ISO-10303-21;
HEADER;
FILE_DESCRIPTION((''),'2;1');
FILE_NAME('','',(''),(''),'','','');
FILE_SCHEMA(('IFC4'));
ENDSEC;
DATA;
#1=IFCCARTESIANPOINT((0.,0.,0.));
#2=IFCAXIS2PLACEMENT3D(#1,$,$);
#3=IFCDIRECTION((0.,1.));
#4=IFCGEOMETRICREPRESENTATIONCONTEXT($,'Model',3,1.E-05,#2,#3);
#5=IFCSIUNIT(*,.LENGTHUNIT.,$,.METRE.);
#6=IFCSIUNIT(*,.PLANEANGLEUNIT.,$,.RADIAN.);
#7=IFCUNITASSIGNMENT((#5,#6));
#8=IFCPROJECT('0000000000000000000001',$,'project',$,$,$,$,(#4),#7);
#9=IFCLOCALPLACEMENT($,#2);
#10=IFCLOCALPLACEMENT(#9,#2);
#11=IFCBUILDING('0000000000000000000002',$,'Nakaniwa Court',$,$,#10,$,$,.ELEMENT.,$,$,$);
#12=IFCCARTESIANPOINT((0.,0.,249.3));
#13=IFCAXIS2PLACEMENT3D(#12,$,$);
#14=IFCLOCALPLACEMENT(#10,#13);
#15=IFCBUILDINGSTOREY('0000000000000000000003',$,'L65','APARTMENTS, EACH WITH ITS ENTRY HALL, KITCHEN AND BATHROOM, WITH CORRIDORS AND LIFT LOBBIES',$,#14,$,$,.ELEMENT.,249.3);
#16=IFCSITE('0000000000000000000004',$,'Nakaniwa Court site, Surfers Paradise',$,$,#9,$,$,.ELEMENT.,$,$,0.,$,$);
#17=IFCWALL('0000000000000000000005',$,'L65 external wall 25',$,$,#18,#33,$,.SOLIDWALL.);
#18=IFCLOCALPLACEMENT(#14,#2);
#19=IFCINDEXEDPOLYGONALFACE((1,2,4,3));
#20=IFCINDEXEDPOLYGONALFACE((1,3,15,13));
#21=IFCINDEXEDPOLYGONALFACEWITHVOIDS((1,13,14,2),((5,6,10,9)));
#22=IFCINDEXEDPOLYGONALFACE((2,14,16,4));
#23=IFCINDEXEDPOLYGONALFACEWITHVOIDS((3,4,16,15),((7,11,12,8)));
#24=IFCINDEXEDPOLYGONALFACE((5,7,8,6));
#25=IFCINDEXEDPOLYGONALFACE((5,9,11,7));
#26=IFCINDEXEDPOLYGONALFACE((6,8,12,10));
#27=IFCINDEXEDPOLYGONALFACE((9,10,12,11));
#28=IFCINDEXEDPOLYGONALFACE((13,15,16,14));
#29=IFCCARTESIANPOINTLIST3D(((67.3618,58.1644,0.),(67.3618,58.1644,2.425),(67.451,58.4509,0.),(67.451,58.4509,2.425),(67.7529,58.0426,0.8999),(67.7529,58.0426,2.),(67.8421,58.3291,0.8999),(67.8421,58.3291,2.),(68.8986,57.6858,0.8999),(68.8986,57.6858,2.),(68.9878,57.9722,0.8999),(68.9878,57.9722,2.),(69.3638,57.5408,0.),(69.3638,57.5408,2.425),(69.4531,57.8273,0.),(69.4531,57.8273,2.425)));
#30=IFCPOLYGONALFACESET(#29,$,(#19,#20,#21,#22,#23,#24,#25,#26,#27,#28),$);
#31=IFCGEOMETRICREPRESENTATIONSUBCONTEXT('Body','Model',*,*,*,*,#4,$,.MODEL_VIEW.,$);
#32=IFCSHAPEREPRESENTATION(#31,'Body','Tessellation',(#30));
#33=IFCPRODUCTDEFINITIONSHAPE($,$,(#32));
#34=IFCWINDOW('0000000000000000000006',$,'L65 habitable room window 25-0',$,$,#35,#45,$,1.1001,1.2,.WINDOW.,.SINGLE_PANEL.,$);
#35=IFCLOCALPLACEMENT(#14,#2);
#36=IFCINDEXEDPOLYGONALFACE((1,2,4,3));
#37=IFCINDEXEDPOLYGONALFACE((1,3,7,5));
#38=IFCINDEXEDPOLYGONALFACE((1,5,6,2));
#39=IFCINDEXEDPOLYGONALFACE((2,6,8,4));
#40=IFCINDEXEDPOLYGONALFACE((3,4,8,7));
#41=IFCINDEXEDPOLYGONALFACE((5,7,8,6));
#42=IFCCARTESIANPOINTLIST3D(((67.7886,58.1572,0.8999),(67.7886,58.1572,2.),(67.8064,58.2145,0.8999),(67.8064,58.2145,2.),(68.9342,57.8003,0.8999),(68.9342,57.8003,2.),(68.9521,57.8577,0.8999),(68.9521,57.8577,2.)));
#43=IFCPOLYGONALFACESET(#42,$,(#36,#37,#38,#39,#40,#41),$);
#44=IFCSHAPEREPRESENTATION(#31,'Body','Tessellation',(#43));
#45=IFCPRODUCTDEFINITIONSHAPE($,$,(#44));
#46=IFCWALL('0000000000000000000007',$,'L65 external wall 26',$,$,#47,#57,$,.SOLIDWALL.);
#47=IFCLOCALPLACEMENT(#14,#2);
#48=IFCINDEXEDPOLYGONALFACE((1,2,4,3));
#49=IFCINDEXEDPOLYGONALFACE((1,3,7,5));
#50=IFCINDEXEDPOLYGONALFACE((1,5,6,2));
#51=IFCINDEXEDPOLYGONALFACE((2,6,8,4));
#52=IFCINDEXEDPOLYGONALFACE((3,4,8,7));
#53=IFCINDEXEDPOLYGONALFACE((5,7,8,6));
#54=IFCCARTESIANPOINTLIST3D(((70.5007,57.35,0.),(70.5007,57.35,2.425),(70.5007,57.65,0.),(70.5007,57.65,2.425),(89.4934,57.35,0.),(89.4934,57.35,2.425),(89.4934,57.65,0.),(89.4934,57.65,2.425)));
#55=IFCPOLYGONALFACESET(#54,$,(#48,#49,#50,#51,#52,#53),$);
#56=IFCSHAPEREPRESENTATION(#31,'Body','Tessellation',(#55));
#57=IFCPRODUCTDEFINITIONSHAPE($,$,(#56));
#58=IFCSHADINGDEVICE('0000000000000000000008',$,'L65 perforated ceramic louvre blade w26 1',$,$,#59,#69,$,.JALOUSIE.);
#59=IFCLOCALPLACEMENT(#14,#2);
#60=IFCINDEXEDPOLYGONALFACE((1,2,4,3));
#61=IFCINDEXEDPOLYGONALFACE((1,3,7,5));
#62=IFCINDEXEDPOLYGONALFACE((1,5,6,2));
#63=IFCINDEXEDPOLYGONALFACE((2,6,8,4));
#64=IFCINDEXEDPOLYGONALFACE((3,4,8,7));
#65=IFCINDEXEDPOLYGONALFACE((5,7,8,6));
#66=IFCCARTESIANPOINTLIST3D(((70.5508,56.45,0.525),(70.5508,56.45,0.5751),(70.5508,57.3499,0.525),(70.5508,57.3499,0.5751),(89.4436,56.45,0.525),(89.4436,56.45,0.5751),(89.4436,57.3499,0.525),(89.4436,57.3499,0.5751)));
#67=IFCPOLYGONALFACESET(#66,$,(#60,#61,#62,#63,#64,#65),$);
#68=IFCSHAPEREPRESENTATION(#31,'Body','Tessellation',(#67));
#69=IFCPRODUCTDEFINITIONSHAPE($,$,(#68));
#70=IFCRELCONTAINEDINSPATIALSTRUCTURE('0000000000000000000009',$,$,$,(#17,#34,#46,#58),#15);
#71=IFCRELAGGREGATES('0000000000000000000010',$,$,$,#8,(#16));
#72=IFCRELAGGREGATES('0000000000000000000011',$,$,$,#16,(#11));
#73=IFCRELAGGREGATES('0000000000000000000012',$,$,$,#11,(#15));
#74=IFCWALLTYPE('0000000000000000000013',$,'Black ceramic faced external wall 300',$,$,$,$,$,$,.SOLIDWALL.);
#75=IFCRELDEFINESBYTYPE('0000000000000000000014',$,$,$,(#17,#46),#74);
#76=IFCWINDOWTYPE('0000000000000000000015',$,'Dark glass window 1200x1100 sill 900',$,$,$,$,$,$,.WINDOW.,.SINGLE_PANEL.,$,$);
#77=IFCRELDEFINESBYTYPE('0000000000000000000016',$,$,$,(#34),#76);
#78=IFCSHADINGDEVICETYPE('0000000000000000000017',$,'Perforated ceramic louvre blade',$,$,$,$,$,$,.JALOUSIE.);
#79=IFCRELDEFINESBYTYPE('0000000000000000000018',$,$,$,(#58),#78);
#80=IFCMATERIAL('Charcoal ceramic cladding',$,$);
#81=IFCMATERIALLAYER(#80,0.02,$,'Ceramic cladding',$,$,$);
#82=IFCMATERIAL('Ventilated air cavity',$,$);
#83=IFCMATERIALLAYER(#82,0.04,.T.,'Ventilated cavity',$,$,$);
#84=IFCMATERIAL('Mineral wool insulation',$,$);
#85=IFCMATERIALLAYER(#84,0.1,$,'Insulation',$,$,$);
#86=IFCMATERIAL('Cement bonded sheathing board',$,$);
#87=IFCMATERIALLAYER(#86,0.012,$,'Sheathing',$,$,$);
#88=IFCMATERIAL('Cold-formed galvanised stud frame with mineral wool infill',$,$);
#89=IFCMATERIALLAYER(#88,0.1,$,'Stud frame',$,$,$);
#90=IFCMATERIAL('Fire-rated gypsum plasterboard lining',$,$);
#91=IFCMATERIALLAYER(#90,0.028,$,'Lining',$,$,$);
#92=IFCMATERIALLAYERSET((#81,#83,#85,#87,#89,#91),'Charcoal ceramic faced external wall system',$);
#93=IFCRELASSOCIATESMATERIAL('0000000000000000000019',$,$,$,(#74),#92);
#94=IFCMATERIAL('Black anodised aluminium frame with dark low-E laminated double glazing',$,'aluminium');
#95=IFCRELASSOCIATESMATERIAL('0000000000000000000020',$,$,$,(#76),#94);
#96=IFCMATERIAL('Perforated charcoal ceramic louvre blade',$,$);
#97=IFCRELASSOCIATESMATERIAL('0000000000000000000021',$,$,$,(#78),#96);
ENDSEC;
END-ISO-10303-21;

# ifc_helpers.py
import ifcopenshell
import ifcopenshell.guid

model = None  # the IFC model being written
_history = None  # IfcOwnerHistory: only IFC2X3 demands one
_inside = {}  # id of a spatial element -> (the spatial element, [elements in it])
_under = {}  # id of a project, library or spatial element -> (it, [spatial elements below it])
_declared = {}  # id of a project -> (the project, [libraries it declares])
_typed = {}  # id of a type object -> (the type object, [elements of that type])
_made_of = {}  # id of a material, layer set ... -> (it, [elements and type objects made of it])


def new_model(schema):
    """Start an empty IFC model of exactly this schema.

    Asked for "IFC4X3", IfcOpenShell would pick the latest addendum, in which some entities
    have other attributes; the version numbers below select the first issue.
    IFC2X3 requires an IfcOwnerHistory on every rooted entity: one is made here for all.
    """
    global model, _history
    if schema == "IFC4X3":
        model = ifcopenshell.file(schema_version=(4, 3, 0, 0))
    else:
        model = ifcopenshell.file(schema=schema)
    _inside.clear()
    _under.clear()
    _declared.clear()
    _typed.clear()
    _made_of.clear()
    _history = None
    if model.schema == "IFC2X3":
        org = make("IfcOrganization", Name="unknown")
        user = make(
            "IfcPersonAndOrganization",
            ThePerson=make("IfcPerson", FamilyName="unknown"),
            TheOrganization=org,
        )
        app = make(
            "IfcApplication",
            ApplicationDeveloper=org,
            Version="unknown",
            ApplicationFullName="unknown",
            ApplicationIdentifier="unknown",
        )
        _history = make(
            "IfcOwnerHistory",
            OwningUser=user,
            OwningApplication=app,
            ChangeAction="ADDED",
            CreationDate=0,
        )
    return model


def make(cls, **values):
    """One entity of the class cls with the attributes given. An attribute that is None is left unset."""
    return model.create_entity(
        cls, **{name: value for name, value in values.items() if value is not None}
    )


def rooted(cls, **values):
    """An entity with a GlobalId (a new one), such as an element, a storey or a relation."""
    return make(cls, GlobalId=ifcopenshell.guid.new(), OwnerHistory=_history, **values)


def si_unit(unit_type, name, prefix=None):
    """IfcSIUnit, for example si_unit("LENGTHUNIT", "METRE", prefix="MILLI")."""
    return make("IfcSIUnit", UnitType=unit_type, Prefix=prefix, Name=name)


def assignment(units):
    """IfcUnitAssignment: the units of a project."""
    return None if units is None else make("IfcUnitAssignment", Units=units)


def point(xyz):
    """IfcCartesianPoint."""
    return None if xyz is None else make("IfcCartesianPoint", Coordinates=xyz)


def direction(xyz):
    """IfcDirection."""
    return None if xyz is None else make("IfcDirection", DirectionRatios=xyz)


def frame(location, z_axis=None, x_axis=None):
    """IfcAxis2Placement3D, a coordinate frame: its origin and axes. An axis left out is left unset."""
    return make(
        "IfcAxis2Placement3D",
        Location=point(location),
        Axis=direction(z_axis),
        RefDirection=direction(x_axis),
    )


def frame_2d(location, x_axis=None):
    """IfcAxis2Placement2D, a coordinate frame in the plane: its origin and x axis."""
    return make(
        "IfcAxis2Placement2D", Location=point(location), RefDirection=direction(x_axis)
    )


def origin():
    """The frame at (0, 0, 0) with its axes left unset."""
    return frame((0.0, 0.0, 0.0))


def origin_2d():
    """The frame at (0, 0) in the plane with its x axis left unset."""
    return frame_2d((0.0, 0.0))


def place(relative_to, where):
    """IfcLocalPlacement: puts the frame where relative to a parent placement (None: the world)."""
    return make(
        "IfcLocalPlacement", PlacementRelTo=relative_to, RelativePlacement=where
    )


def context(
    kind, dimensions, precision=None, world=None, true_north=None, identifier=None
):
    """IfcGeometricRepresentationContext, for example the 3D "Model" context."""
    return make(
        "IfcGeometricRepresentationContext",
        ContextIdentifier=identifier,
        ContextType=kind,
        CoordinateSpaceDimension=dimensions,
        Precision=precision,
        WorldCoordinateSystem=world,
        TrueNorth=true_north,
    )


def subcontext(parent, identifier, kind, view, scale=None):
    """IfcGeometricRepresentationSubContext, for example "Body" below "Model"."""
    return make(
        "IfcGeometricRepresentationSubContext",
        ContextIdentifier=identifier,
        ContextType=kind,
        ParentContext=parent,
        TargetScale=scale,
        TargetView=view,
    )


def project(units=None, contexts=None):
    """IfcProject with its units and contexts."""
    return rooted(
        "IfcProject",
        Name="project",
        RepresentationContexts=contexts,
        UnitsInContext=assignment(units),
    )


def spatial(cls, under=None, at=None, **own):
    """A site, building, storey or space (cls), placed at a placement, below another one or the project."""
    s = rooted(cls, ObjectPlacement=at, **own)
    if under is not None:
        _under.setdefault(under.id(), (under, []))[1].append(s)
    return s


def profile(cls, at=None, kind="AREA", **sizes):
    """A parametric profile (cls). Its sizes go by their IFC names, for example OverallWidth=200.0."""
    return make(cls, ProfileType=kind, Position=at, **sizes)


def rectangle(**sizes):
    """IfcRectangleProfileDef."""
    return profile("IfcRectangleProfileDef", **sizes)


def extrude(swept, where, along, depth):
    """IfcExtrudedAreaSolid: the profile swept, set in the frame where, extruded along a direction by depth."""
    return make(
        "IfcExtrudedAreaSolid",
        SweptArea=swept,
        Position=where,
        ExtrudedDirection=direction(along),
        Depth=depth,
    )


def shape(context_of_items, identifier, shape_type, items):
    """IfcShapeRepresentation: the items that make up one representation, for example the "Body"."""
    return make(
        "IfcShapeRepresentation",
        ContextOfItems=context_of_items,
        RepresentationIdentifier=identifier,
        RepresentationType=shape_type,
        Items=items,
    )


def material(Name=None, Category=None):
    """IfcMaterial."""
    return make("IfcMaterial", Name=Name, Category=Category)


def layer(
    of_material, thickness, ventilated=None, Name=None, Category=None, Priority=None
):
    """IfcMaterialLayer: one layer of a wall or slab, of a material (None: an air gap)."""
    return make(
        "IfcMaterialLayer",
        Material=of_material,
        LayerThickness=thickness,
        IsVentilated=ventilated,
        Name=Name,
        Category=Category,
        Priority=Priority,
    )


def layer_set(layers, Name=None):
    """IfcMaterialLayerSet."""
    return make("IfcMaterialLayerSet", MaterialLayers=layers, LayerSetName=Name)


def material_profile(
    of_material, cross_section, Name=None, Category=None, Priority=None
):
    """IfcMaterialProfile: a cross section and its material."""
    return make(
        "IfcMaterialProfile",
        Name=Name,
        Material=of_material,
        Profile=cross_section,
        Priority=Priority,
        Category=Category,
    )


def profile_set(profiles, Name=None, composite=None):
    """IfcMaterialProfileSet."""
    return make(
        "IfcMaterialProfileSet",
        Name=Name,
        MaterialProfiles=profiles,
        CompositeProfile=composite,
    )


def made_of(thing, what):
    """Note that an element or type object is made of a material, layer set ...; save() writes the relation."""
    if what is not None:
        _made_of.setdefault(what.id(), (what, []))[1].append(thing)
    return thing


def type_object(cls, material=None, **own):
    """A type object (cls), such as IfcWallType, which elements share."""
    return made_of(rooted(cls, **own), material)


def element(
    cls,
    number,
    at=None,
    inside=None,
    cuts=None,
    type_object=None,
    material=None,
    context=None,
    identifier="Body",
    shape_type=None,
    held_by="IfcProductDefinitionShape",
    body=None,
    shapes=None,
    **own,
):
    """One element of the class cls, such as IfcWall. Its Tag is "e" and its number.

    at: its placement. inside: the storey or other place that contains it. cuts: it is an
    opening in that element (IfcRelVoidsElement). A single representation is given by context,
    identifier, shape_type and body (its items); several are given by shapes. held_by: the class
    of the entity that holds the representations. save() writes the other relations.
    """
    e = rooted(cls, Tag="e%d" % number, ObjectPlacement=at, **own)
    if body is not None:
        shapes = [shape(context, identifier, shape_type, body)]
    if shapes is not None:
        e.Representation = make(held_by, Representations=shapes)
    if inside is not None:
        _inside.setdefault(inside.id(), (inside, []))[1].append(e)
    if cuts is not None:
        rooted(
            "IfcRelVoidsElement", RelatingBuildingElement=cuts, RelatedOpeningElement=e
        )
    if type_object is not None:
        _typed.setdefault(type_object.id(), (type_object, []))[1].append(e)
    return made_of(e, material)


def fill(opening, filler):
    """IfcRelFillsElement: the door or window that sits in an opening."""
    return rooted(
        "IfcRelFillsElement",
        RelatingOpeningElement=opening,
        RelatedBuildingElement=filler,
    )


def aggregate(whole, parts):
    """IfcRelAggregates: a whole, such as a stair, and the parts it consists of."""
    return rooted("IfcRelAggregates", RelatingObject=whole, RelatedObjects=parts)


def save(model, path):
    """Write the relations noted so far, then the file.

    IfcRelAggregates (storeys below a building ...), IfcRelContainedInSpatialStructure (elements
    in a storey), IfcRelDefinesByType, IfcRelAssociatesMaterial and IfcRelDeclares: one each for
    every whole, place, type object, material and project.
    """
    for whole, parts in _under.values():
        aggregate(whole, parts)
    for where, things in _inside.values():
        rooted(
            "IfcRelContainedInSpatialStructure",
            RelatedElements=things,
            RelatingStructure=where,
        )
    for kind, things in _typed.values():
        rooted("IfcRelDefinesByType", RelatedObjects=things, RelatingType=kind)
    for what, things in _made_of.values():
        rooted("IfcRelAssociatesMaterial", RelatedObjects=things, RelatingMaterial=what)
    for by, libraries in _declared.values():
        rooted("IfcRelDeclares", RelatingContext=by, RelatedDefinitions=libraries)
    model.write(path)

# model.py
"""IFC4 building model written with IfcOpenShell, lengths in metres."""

from ifc_helpers import new_model, si_unit, direction, frame, frame_2d, origin, origin_2d, place, context, subcontext, project, spatial, rectangle, extrude, material, layer, layer_set, material_profile, profile_set, type_object, element, fill, save


model = new_model("IFC4")

# Units and contexts
model_context = context("Model", 3, precision=1e-05, world=origin(), true_north=direction((0.0, 1.0)))
body_context = subcontext(model_context, "Body", "Model", "MODEL_VIEW")
ifc_project = project(units=[si_unit("LENGTHUNIT", "METRE"), si_unit("PLANEANGLEUNIT", "RADIAN")], contexts=[model_context])

# Site, building, storey
site_placement = place(None, origin())
site = spatial("IfcSite", under=ifc_project, at=site_placement, Name="Nakaniwa Court site, Surfers Paradise", CompositionType="ELEMENT", RefElevation=0.0)
building_placement = place(site_placement, origin())
building = spatial("IfcBuilding", under=site, at=building_placement, Name="Nakaniwa Court", CompositionType="ELEMENT")
storey_placement = place(building_placement, frame((0.0, 0.0, 249.3)))
storey = spatial("IfcBuildingStorey", under=building, at=storey_placement, Name="L65", Description="APARTMENTS, EACH WITH ITS ENTRY HALL, KITCHEN AND BATHROOM, WITH CORRIDORS AND LIFT LOBBIES", CompositionType="ELEMENT", Elevation=249.3)

# Wall, opening, window
ifc_material_1 = material(Name="Charcoal ceramic cladding")
ifc_layer_1 = layer(ifc_material_1, 0.02, Name="Ceramic cladding")
ifc_material_2 = material(Name="Ventilated air cavity")
ifc_layer_2 = layer(ifc_material_2, 0.04, ventilated=True, Name="Ventilated cavity")
ifc_material_3 = material(Name="Mineral wool insulation")
ifc_layer_3 = layer(ifc_material_3, 0.1, Name="Insulation")
ifc_material_4 = material(Name="Cement bonded sheathing board")
ifc_layer_4 = layer(ifc_material_4, 0.012, Name="Sheathing")
ifc_material_5 = material(Name="Cold-formed galvanised stud frame with mineral wool infill")
ifc_layer_5 = layer(ifc_material_5, 0.1, Name="Stud frame")
ifc_material_6 = material(Name="Fire-rated gypsum plasterboard lining")
ifc_layer_6 = layer(ifc_material_6, 0.028, Name="Lining")
ifc_layer_set_1 = layer_set([ifc_layer_1, ifc_layer_2, ifc_layer_3, ifc_layer_4, ifc_layer_5, ifc_layer_6], Name="Charcoal ceramic faced external wall system")
wall_type_1 = type_object("IfcWallType", Name="Black ceramic faced external wall 300", PredefinedType="SOLIDWALL", material=ifc_layer_set_1)
ifc_material_7 = material(Name="Black anodised aluminium frame with dark low-E laminated double glazing", Category="aluminium")
window_type_1 = type_object("IfcWindowType", Name="Dark glass window 1200x1100 sill 900", PartitioningType="SINGLE_PANEL", PredefinedType="WINDOW", material=ifc_material_7)
wall_1_placement = place(storey_placement, frame((67.4065, 58.3076, 0.0), z_axis=(0.0, 0.0, 1.0), x_axis=(0.954761, -0.297373, 0.0)))
wall_1 = element("IfcWall", 1, at=wall_1_placement, inside=storey, type_object=wall_type_1, Name="L65 external wall 25", PredefinedType="SOLIDWALL", context=body_context, shape_type="SweptSolid", body=[
    extrude(rectangle(XDim=2.0969, YDim=0.3, at=frame_2d((1.0483, 0.0))), origin(), (0.0, 0.0, 1.0), 2.425),
])
opening_1_placement = place(wall_1_placement, frame((0.4094, 0.0, 0.8999)))
opening_1 = element("IfcOpeningElement", 2, at=opening_1_placement, cuts=wall_1, PredefinedType="OPENING", context=body_context, shape_type="SweptSolid", body=[
    extrude(rectangle(XDim=1.2, YDim=1.1001, at=frame_2d((0.6001, 0.55))), frame((0.0, 0.1599, 0.0), z_axis=(0.0, -1.0, 0.0), x_axis=(1.0, 0.0, 0.0)), (0.0, 0.0, 1.0), 0.3201),
])
window_1_placement = place(opening_1_placement, origin())
window_1 = element("IfcWindow", 3, at=window_1_placement, inside=storey, type_object=window_type_1, Name="L65 habitable room window 25-0", OverallHeight=1.1001, OverallWidth=1.2, PartitioningType="SINGLE_PANEL", PredefinedType="WINDOW", context=body_context, shape_type="SweptSolid", body=[
    extrude(rectangle(XDim=1.2, YDim=1.1001, at=frame_2d((0.6001, 0.55))), frame((0.0, 0.03, 0.0), z_axis=(0.0, -1.0, 0.0), x_axis=(1.0, 0.0, 0.0)), (0.0, 0.0, 1.0), 0.0601),
])
fill(opening_1, window_1)

# Wall
wall_2_placement = place(storey_placement, frame((70.5007, 57.5, 0.0), z_axis=(0.0, 0.0, 1.0), x_axis=(1.0, 0.0, 0.0)))
element("IfcWall", 4, at=wall_2_placement, inside=storey, type_object=wall_type_1, Name="L65 external wall 26", PredefinedType="SOLIDWALL", context=body_context, shape_type="SweptSolid", body=[
    extrude(rectangle(XDim=18.9927, YDim=0.3, at=frame_2d((9.4963, 0.0))), origin(), (0.0, 0.0, 1.0), 2.425),
])

# Shading device
ifc_material_8 = material(Name="Perforated charcoal ceramic louvre blade")
ifc_material_profile_1 = material_profile(ifc_material_8, rectangle(XDim=0.8999, YDim=0.05, at=origin_2d()), Name="Perforated ceramic louvre blade")
ifc_profile_set_1 = profile_set([ifc_material_profile_1], Name="Perforated charcoal ceramic louvre blade")
shading_device_type = type_object("IfcShadingDeviceType", Name="Perforated ceramic louvre blade", PredefinedType="JALOUSIE", material=ifc_profile_set_1)
shading_device_placement = place(storey_placement, frame((70.5508, 56.8999, 0.55), z_axis=(1.0, 0.0, 0.0), x_axis=(0.0, 1.0, 0.0)))
element("IfcShadingDevice", 5, at=shading_device_placement, inside=storey, type_object=shading_device_type, Name="L65 perforated ceramic louvre blade w26 1", PredefinedType="JALOUSIE", context=body_context, shape_type="SweptSolid", body=[
    extrude(rectangle(XDim=0.8999, YDim=0.05, at=origin_2d()), origin(), (0.0, 0.0, 1.0), 18.8928),
])

save(model, "model.ifc")
